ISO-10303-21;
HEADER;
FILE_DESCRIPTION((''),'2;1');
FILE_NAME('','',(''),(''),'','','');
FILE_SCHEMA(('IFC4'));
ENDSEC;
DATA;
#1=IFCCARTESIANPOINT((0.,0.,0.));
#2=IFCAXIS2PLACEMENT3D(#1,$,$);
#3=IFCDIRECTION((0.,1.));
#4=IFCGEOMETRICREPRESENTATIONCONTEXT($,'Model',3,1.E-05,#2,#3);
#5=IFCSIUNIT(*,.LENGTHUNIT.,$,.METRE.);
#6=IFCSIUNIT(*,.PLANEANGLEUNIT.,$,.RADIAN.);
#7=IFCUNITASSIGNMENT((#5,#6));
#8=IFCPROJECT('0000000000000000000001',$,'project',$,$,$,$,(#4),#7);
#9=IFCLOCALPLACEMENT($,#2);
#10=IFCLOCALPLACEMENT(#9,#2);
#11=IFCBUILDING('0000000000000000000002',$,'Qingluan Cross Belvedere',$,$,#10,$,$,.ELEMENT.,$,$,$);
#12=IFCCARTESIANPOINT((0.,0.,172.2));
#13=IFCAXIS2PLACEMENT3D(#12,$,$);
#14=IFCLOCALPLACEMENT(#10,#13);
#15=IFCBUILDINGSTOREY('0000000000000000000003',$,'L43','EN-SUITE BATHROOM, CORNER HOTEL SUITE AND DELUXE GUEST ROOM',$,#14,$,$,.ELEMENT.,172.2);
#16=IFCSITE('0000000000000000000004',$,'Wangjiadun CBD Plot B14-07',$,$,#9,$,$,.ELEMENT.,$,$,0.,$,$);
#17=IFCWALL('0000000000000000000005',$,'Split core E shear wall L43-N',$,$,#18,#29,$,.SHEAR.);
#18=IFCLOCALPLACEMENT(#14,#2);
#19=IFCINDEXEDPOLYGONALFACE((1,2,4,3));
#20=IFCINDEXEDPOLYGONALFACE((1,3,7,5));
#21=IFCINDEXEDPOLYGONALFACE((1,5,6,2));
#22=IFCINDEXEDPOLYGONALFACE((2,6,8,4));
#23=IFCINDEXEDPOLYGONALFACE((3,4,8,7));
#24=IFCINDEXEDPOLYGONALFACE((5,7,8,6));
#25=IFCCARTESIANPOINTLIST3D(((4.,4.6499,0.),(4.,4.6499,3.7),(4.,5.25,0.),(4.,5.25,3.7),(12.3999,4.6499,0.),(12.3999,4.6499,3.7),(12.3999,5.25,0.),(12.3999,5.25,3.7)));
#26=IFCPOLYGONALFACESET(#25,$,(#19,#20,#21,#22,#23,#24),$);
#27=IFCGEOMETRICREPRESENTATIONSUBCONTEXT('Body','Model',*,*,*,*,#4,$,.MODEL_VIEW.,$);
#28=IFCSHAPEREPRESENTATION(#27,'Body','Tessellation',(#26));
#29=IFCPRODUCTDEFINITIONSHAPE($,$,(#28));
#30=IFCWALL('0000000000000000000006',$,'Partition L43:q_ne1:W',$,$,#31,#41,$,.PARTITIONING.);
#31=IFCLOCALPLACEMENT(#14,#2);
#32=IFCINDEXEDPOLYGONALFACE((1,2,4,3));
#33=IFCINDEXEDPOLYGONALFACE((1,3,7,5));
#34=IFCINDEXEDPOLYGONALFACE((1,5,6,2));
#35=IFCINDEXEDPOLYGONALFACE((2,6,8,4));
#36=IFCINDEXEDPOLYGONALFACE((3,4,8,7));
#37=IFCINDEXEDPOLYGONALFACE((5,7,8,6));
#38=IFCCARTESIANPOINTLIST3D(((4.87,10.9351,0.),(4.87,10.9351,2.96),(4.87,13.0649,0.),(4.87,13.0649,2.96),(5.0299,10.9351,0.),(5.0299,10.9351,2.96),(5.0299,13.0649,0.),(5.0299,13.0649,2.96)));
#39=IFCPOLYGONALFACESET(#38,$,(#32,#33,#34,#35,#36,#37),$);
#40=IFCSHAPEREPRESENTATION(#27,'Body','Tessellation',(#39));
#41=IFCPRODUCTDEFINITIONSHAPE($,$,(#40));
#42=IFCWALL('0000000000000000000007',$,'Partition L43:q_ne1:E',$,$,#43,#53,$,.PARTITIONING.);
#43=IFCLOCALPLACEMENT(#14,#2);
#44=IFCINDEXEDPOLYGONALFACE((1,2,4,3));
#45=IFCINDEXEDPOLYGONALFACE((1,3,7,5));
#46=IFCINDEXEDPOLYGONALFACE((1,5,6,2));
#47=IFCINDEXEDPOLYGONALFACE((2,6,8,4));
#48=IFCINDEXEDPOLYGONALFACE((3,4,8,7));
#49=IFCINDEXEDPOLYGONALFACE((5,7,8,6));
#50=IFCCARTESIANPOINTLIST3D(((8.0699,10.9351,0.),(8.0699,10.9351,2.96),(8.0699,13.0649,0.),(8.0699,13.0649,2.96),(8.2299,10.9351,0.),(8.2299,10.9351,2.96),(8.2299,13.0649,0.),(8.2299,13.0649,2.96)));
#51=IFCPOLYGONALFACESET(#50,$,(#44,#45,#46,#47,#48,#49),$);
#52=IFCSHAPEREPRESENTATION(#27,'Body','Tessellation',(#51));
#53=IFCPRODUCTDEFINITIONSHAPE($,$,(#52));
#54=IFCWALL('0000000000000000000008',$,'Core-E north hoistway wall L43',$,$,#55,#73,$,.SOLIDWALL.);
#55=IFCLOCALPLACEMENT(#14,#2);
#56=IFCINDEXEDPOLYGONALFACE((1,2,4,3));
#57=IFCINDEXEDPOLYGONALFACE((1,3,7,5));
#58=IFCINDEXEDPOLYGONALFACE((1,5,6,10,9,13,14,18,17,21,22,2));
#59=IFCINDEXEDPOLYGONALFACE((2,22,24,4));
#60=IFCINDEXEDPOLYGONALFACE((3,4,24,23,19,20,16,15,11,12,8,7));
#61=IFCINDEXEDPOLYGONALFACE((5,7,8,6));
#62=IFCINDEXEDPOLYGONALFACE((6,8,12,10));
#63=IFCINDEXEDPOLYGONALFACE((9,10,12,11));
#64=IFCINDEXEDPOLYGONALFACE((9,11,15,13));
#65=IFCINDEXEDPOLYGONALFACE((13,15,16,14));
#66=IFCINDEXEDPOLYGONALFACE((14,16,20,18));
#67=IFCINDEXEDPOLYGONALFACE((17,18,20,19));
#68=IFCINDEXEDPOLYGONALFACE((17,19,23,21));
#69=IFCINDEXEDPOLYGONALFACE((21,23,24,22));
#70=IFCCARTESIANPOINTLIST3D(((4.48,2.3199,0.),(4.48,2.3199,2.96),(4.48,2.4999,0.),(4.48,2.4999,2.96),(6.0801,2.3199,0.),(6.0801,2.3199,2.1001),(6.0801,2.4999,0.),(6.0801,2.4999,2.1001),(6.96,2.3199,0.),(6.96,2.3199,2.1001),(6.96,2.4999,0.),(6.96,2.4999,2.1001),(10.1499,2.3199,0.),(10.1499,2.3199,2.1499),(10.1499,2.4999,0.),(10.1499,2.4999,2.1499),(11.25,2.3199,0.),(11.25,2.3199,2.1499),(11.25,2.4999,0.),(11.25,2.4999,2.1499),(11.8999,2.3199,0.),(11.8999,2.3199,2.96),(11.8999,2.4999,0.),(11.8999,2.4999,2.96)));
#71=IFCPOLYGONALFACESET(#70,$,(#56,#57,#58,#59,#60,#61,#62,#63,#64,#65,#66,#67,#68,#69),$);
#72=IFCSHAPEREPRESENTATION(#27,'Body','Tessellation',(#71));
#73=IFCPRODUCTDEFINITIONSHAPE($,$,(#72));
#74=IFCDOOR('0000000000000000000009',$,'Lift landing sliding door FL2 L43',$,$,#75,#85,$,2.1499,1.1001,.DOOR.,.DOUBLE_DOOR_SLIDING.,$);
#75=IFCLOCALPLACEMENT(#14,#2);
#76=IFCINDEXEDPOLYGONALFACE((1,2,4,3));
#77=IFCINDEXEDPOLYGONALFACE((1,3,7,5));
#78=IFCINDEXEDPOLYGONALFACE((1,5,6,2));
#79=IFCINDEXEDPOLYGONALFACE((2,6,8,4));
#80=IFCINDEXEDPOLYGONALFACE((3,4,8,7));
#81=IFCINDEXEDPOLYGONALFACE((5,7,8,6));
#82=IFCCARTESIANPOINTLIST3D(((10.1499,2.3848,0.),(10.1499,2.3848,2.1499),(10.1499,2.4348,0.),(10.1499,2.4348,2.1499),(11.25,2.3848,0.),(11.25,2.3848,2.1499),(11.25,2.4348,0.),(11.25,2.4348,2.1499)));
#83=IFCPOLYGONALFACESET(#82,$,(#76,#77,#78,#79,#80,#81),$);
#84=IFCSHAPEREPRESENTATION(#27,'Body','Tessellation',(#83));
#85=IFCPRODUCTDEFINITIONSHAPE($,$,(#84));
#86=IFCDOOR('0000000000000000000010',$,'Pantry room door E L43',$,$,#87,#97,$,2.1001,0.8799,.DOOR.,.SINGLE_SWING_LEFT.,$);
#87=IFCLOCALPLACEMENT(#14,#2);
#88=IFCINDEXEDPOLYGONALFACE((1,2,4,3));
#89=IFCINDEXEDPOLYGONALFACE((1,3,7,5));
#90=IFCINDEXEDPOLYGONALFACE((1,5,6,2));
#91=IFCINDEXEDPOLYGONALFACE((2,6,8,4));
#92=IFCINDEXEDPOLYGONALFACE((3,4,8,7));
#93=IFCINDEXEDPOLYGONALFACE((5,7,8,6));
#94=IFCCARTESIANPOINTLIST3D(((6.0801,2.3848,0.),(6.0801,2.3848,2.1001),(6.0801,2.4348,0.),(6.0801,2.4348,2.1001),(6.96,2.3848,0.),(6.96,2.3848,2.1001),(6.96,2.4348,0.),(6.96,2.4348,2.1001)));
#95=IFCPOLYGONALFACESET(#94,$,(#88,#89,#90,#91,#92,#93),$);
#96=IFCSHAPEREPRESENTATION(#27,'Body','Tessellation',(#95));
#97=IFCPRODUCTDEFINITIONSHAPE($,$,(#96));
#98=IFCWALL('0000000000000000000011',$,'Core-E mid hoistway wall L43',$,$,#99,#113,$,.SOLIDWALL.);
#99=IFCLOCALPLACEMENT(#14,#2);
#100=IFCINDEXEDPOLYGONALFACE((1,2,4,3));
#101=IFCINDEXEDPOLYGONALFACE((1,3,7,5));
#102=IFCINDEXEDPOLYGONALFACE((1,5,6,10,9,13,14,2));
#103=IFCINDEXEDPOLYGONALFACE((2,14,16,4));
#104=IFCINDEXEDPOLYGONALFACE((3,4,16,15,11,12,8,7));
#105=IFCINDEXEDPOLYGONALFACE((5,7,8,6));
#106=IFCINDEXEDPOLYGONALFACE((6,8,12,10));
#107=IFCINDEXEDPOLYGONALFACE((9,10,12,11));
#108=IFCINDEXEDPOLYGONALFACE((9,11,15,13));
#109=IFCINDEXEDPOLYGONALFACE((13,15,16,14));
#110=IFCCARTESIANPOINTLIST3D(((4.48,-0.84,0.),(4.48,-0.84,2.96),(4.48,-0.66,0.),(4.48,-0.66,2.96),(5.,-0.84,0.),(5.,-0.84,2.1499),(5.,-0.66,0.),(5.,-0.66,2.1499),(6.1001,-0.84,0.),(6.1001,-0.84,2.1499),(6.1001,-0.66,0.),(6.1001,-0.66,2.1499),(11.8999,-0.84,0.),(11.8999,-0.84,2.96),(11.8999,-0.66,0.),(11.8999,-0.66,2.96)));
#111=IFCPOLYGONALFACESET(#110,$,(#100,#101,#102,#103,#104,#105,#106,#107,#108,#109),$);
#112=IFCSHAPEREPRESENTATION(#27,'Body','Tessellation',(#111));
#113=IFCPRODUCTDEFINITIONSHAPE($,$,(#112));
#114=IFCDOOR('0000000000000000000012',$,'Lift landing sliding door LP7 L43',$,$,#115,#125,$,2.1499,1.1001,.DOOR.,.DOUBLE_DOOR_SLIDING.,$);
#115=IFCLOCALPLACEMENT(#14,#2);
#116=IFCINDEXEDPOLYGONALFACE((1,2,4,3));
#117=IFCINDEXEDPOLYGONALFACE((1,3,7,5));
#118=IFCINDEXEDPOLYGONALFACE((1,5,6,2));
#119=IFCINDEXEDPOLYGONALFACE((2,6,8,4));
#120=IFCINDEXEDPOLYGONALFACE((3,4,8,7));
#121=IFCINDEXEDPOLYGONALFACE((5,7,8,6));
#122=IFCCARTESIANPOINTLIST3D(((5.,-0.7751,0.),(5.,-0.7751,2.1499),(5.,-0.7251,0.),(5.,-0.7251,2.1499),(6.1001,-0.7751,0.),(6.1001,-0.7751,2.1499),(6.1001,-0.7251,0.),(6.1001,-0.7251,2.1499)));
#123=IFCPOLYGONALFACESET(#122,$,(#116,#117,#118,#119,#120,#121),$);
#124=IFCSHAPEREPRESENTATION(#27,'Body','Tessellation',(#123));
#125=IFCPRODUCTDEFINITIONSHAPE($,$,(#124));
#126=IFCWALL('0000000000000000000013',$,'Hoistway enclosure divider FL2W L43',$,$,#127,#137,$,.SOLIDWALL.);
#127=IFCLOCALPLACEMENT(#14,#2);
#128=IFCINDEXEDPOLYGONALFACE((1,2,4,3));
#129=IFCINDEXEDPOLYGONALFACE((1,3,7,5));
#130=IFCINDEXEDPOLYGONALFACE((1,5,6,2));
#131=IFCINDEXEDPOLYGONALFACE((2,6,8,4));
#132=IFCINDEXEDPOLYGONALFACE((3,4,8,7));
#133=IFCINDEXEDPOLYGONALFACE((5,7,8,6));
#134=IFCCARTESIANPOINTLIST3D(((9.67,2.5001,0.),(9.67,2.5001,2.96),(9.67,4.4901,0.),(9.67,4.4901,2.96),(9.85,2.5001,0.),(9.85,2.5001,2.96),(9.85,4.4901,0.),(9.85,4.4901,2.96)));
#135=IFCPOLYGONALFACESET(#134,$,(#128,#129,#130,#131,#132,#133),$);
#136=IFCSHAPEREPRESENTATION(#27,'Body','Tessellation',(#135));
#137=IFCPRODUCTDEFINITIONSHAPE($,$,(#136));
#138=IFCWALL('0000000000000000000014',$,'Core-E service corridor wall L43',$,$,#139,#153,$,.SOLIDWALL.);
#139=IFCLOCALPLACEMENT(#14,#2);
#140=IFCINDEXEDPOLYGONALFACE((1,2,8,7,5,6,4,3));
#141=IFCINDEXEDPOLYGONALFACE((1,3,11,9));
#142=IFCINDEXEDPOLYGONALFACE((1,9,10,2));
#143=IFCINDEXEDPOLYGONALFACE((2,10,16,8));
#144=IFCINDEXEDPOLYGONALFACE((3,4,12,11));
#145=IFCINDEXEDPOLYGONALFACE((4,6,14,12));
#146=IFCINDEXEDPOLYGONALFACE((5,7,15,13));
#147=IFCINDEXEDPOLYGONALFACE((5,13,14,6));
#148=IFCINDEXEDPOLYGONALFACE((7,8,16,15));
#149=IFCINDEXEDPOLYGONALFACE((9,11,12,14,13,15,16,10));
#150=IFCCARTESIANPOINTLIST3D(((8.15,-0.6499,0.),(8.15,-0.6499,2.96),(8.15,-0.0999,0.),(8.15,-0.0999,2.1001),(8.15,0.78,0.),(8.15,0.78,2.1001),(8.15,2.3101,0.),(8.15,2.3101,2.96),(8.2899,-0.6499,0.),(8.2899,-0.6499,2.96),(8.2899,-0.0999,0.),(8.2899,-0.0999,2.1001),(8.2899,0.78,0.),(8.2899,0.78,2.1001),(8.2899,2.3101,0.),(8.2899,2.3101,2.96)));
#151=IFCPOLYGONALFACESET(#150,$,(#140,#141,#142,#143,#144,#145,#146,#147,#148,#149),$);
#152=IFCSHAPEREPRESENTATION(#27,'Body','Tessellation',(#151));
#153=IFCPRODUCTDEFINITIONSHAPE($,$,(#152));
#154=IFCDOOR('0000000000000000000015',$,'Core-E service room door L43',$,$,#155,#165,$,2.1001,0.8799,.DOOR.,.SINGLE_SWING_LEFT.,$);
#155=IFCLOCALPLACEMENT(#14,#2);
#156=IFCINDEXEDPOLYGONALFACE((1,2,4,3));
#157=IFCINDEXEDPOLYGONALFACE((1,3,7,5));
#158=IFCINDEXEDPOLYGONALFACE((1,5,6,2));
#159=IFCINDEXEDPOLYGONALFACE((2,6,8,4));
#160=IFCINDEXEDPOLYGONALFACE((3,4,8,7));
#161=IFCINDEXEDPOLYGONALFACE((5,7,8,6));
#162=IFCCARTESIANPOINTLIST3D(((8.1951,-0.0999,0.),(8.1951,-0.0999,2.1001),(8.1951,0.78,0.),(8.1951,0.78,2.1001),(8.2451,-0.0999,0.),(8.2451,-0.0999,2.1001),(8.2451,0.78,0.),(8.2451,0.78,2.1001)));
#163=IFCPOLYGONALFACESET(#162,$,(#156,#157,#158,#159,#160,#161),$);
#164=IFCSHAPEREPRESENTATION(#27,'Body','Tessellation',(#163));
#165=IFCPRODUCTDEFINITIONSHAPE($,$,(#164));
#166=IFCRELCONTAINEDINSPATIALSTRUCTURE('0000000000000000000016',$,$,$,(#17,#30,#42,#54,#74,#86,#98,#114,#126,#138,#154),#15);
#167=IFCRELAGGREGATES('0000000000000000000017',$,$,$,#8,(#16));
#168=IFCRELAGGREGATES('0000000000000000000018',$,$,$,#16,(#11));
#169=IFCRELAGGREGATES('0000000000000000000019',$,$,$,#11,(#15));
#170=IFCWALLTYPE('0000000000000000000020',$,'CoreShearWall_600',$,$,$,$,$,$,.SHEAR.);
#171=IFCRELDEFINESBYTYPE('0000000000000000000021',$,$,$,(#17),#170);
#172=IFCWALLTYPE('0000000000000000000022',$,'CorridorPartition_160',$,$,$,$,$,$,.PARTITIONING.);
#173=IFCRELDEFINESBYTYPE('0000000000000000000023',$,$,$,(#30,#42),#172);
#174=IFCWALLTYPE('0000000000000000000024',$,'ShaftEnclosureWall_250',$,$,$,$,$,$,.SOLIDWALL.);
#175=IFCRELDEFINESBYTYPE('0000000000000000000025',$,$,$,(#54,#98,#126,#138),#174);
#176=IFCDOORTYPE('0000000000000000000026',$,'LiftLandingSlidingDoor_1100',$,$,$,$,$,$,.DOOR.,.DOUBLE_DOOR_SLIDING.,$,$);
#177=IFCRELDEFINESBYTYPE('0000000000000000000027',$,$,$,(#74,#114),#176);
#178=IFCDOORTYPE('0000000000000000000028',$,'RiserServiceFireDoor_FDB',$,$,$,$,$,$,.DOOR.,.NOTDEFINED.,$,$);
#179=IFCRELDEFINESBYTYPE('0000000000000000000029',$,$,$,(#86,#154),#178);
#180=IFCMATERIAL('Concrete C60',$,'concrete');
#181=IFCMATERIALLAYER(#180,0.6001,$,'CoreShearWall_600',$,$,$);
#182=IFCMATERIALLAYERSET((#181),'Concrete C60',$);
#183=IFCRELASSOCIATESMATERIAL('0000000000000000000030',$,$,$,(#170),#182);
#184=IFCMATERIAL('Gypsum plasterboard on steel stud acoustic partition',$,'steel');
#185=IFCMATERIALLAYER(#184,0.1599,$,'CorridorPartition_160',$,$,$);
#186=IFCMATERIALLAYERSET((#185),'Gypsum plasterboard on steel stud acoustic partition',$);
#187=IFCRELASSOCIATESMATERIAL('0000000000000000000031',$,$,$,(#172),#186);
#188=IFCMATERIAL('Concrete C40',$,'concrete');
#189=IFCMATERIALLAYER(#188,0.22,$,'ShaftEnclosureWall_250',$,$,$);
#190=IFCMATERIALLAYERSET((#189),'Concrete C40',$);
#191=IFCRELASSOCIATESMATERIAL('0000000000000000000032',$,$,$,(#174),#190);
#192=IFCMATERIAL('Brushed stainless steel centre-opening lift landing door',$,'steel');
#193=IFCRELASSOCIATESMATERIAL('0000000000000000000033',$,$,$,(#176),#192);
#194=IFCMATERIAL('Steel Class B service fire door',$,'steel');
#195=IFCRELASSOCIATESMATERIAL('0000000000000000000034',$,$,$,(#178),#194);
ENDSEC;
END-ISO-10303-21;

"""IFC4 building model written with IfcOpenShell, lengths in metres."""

from ifc_helpers import new_model, si_unit, direction, frame, frame_2d, origin, place, context, subcontext, project, spatial, rectangle, extrude, material, layer, layer_set, type_object, element, fill, save


model = new_model("IFC4")

# Units and contexts
model_context = context("Model", 3, precision=1e-05, world=origin(), true_north=direction((0.0, 1.0)))
body_context = subcontext(model_context, "Body", "Model", "MODEL_VIEW")
ifc_project = project(units=[si_unit("LENGTHUNIT", "METRE"), si_unit("PLANEANGLEUNIT", "RADIAN")], contexts=[model_context])

# Site, building, storey
site_placement = place(None, origin())
site = spatial("IfcSite", under=ifc_project, at=site_placement, Name="Wangjiadun CBD Plot B14-07", CompositionType="ELEMENT", RefElevation=0.0)
building_placement = place(site_placement, origin())
building = spatial("IfcBuilding", under=site, at=building_placement, Name="Qingluan Cross Belvedere", CompositionType="ELEMENT")
storey_placement = place(building_placement, frame((0.0, 0.0, 172.2)))
storey = spatial("IfcBuildingStorey", under=building, at=storey_placement, Name="L43", Description="EN-SUITE BATHROOM, CORNER HOTEL SUITE AND DELUXE GUEST ROOM", CompositionType="ELEMENT", Elevation=172.2)

# Wall
ifc_material_1 = material(Name="Concrete C60", Category="concrete")
ifc_layer_1 = layer(ifc_material_1, 0.6001, Name="CoreShearWall_600")
ifc_layer_set_1 = layer_set([ifc_layer_1], Name="Concrete C60")
wall_type_1 = type_object("IfcWallType", Name="CoreShearWall_600", PredefinedType="SHEAR", material=ifc_layer_set_1)
wall_1_placement = place(storey_placement, frame((4.0, 4.95, 0.0), z_axis=(0.0, 0.0, 1.0), x_axis=(1.0, 0.0, 0.0)))
element("IfcWall", 1, at=wall_1_placement, inside=storey, type_object=wall_type_1, Name="Split core E shear wall L43-N", PredefinedType="SHEAR", context=body_context, shape_type="SweptSolid", body=[
    extrude(rectangle(XDim=8.3999, YDim=0.6001, at=frame_2d((4.2, 0.0))), origin(), (0.0, 0.0, 1.0), 3.7),
])

# Shared definitions
ifc_material_2 = material(Name="Gypsum plasterboard on steel stud acoustic partition", Category="steel")
ifc_layer_2 = layer(ifc_material_2, 0.1599, Name="CorridorPartition_160")
ifc_layer_set_2 = layer_set([ifc_layer_2], Name="Gypsum plasterboard on steel stud acoustic partition")
wall_type_2 = type_object("IfcWallType", Name="CorridorPartition_160", PredefinedType="PARTITIONING", material=ifc_layer_set_2)

# Walls
for number, where, z_axis, x_axis, name in (
    (2, (4.95, 10.9351, 0.0), (0.0, 0.0, 1.0), (0.0, 1.0, 0.0), "Partition L43:q_ne1:W"),
    (3, (8.1499, 10.9351, 0.0), (0.0, 0.0, 1.0), (0.0, 1.0, 0.0), "Partition L43:q_ne1:E"),
):
    element("IfcWall", number, at=place(storey_placement, frame(where, z_axis=z_axis, x_axis=x_axis)), inside=storey, type_object=wall_type_2, Name=name, PredefinedType="PARTITIONING", context=body_context, shape_type="SweptSolid", body=[
        extrude(rectangle(XDim=2.1299, YDim=0.1599, at=frame_2d((1.0649, 0.0))), origin(), (0.0, 0.0, 1.0), 2.96),
    ])

# Wall, openings, doors
ifc_material_3 = material(Name="Concrete C40", Category="concrete")
ifc_layer_3 = layer(ifc_material_3, 0.22, Name="ShaftEnclosureWall_250")
ifc_layer_set_3 = layer_set([ifc_layer_3], Name="Concrete C40")
wall_type_3 = type_object("IfcWallType", Name="ShaftEnclosureWall_250", PredefinedType="SOLIDWALL", material=ifc_layer_set_3)
wall_2_placement = place(storey_placement, frame((4.48, 2.4099, 0.0), z_axis=(0.0, 0.0, 1.0), x_axis=(1.0, 0.0, 0.0)))
wall_2 = element("IfcWall", 4, at=wall_2_placement, inside=storey, type_object=wall_type_3, Name="Core-E north hoistway wall L43", PredefinedType="SOLIDWALL", context=body_context, shape_type="SweptSolid", body=[
    extrude(rectangle(XDim=7.4199, YDim=0.1799, at=frame_2d((3.71, 0.0))), origin(), (0.0, 0.0, 1.0), 2.96),
])
opening_1_placement = place(wall_2_placement, frame((5.6699, 0.0, 0.0)))
opening_1 = element("IfcOpeningElement", 5, at=opening_1_placement, cuts=wall_2, PredefinedType="OPENING", context=body_context, shape_type="SweptSolid", body=[
    extrude(rectangle(XDim=1.1001, YDim=2.1499, at=frame_2d((0.55, 1.075))), frame((0.0, 0.0999, 0.0), z_axis=(0.0, -1.0, 0.0), x_axis=(1.0, 0.0, 0.0)), (0.0, 0.0, 1.0), 0.2),
])
opening_2_placement = place(wall_2_placement, frame((1.6001, 0.0, 0.0)))
opening_2 = element("IfcOpeningElement", 6, at=opening_2_placement, cuts=wall_2, PredefinedType="OPENING", context=body_context, shape_type="SweptSolid", body=[
    extrude(rectangle(XDim=0.8799, YDim=2.1001, at=frame_2d((0.4399, 1.05))), frame((0.0, 0.0999, 0.0), z_axis=(0.0, -1.0, 0.0), x_axis=(1.0, 0.0, 0.0)), (0.0, 0.0, 1.0), 0.2),
])
ifc_material_4 = material(Name="Brushed stainless steel centre-opening lift landing door", Category="steel")
door_type_1 = type_object("IfcDoorType", Name="LiftLandingSlidingDoor_1100", OperationType="DOUBLE_DOOR_SLIDING", PredefinedType="DOOR", material=ifc_material_4)
door_1_placement = place(opening_1_placement, origin())
door_1 = element("IfcDoor", 7, at=door_1_placement, inside=storey, type_object=door_type_1, Name="Lift landing sliding door FL2 L43", OperationType="DOUBLE_DOOR_SLIDING", OverallHeight=2.1499, OverallWidth=1.1001, PredefinedType="DOOR", context=body_context, shape_type="SweptSolid", body=[
    extrude(rectangle(XDim=1.1001, YDim=2.1499, at=frame_2d((0.55, 1.075))), frame((0.0, 0.0249, 0.0), z_axis=(0.0, -1.0, 0.0), x_axis=(1.0, 0.0, 0.0)), (0.0, 0.0, 1.0), 0.05),
])
fill(opening_1, door_1)
ifc_material_5 = material(Name="Steel Class B service fire door", Category="steel")
door_type_2 = type_object("IfcDoorType", Name="RiserServiceFireDoor_FDB", OperationType="NOTDEFINED", PredefinedType="DOOR", material=ifc_material_5)
door_2_placement = place(opening_2_placement, origin())
door_2 = element("IfcDoor", 8, at=door_2_placement, inside=storey, type_object=door_type_2, Name="Pantry room door E L43", OperationType="SINGLE_SWING_LEFT", OverallHeight=2.1001, OverallWidth=0.8799, PredefinedType="DOOR", context=body_context, shape_type="SweptSolid", body=[
    extrude(rectangle(XDim=0.8799, YDim=2.1001, at=frame_2d((0.4399, 1.05))), frame((0.0, 0.0249, 0.0), z_axis=(0.0, -1.0, 0.0), x_axis=(1.0, 0.0, 0.0)), (0.0, 0.0, 1.0), 0.05),
])
fill(opening_2, door_2)

# Wall, opening, door
wall_3_placement = place(storey_placement, frame((4.48, -0.75, 0.0), z_axis=(0.0, 0.0, 1.0), x_axis=(1.0, 0.0, 0.0)))
wall_3 = element("IfcWall", 9, at=wall_3_placement, inside=storey, type_object=wall_type_3, Name="Core-E mid hoistway wall L43", PredefinedType="SOLIDWALL", context=body_context, shape_type="SweptSolid", body=[
    extrude(rectangle(XDim=7.4199, YDim=0.1799, at=frame_2d((3.71, 0.0))), origin(), (0.0, 0.0, 1.0), 2.96),
])
opening_3_placement = place(wall_3_placement, frame((0.52, 0.0, 0.0)))
opening_3 = element("IfcOpeningElement", 10, at=opening_3_placement, cuts=wall_3, PredefinedType="OPENING", context=body_context, shape_type="SweptSolid", body=[
    extrude(rectangle(XDim=1.1001, YDim=2.1499, at=frame_2d((0.55, 1.075))), frame((0.0, 0.0999, 0.0), z_axis=(0.0, -1.0, 0.0), x_axis=(1.0, 0.0, 0.0)), (0.0, 0.0, 1.0), 0.2),
])
door_3_placement = place(opening_3_placement, origin())
door_3 = element("IfcDoor", 11, at=door_3_placement, inside=storey, type_object=door_type_1, Name="Lift landing sliding door LP7 L43", OperationType="DOUBLE_DOOR_SLIDING", OverallHeight=2.1499, OverallWidth=1.1001, PredefinedType="DOOR", context=body_context, shape_type="SweptSolid", body=[
    extrude(rectangle(XDim=1.1001, YDim=2.1499, at=frame_2d((0.55, 1.075))), frame((0.0, 0.0249, 0.0), z_axis=(0.0, -1.0, 0.0), x_axis=(1.0, 0.0, 0.0)), (0.0, 0.0, 1.0), 0.05),
])
fill(opening_3, door_3)

# Wall
wall_4_placement = place(storey_placement, frame((9.76, 2.5, 0.0), z_axis=(0.0, 0.0, 1.0), x_axis=(0.0, 1.0, 0.0)))
element("IfcWall", 12, at=wall_4_placement, inside=storey, type_object=wall_type_3, Name="Hoistway enclosure divider FL2W L43", PredefinedType="SOLIDWALL", context=body_context, shape_type="SweptSolid", body=[
    extrude(rectangle(XDim=1.99, YDim=0.1799, at=frame_2d((0.9951, 0.0))), origin(), (0.0, 0.0, 1.0), 2.96),
])

# Wall, opening, door
wall_5_placement = place(storey_placement, frame((8.22, -0.6499, 0.0), z_axis=(0.0, 0.0, 1.0), x_axis=(0.0, 1.0, 0.0)))
wall_5 = element("IfcWall", 13, at=wall_5_placement, inside=storey, type_object=wall_type_3, Name="Core-E service corridor wall L43", PredefinedType="SOLIDWALL", context=body_context, shape_type="SweptSolid", body=[
    extrude(rectangle(XDim=2.96, YDim=0.1399, at=frame_2d((1.48, 0.0))), origin(), (0.0, 0.0, 1.0), 2.96),
])
opening_4_placement = place(wall_5_placement, frame((0.55, 0.0, 0.0)))
opening_4 = element("IfcOpeningElement", 14, at=opening_4_placement, cuts=wall_5, PredefinedType="OPENING", context=body_context, shape_type="SweptSolid", body=[
    extrude(rectangle(XDim=0.8799, YDim=2.1001, at=frame_2d((0.4399, 1.05))), frame((0.0, 0.0798, 0.0), z_axis=(0.0, -1.0, 0.0), x_axis=(1.0, 0.0, 0.0)), (0.0, 0.0, 1.0), 0.1599),
])
door_4_placement = place(opening_4_placement, origin())
door_4 = element("IfcDoor", 15, at=door_4_placement, inside=storey, type_object=door_type_2, Name="Core-E service room door L43", OperationType="SINGLE_SWING_LEFT", OverallHeight=2.1001, OverallWidth=0.8799, PredefinedType="DOOR", context=body_context, shape_type="SweptSolid", body=[
    extrude(rectangle(XDim=0.8799, YDim=2.1001, at=frame_2d((0.4399, 1.05))), frame((0.0, 0.0249, 0.0), z_axis=(0.0, -1.0, 0.0), x_axis=(1.0, 0.0, 0.0)), (0.0, 0.0, 1.0), 0.05),
])
fill(opening_4, door_4)

save(model, "model.ifc")
